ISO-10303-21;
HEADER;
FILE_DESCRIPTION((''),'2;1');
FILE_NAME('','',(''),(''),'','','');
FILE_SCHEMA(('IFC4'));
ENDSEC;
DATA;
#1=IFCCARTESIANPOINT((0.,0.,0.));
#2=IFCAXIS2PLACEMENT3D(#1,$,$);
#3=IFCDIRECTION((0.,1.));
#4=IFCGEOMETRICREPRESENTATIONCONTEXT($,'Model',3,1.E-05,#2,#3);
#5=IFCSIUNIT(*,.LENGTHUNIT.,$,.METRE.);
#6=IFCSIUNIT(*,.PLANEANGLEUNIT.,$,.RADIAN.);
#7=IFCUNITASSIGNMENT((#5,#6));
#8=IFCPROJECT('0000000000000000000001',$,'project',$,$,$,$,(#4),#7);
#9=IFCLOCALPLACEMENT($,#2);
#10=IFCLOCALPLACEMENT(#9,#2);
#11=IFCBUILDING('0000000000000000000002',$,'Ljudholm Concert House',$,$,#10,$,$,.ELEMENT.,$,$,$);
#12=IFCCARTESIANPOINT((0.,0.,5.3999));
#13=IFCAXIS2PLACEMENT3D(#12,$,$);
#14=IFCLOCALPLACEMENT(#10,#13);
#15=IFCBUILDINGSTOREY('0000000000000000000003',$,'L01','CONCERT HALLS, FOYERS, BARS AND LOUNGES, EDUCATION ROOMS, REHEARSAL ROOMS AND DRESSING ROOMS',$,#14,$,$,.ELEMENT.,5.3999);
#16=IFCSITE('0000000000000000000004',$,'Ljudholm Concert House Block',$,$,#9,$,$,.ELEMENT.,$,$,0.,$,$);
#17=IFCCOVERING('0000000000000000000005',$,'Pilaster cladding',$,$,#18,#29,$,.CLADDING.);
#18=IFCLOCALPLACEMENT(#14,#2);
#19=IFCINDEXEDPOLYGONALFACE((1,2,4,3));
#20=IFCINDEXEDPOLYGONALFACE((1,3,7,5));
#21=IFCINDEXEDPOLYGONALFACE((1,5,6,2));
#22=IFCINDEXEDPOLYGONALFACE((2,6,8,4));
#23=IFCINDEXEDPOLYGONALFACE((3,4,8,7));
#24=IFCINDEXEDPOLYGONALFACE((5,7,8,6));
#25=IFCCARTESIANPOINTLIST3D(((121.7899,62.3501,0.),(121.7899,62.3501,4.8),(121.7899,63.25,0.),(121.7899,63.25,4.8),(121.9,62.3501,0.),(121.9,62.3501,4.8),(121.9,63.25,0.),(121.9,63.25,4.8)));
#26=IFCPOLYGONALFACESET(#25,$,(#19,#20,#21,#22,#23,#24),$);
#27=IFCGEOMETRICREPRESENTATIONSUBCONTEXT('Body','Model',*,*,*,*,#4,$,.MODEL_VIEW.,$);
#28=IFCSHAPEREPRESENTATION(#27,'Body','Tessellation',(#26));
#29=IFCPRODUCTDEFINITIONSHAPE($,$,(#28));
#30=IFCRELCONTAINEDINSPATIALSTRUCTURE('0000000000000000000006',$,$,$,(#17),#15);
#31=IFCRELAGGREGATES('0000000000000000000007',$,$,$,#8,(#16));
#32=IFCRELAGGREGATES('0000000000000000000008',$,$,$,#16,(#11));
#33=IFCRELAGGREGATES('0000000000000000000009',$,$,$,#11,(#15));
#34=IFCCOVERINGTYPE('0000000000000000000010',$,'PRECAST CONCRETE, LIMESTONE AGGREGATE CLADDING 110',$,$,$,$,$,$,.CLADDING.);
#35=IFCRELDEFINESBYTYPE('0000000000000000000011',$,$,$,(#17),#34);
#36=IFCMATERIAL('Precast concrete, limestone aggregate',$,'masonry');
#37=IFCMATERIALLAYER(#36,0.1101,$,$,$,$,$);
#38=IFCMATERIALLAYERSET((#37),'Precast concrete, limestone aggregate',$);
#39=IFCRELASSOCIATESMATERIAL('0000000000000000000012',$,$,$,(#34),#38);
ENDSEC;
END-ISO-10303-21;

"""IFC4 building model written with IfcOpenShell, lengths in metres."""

from ifc_helpers import new_model, si_unit, direction, frame, origin, origin_2d, place, context, subcontext, project, spatial, rectangle, extrude, material, layer, layer_set, type_object, element, save


model = new_model("IFC4")

# Units and contexts
model_context = context("Model", 3, precision=1e-05, world=origin(), true_north=direction((0.0, 1.0)))
body_context = subcontext(model_context, "Body", "Model", "MODEL_VIEW")
ifc_project = project(units=[si_unit("LENGTHUNIT", "METRE"), si_unit("PLANEANGLEUNIT", "RADIAN")], contexts=[model_context])

# Site, building, storey
site_placement = place(None, origin())
site = spatial("IfcSite", under=ifc_project, at=site_placement, Name="Ljudholm Concert House Block", CompositionType="ELEMENT", RefElevation=0.0)
building_placement = place(site_placement, origin())
building = spatial("IfcBuilding", under=site, at=building_placement, Name="Ljudholm Concert House", CompositionType="ELEMENT")
storey_placement = place(building_placement, frame((0.0, 0.0, 5.3999)))
storey = spatial("IfcBuildingStorey", under=building, at=storey_placement, Name="L01", Description="CONCERT HALLS, FOYERS, BARS AND LOUNGES, EDUCATION ROOMS, REHEARSAL ROOMS AND DRESSING ROOMS", CompositionType="ELEMENT", Elevation=5.3999)

# Covering
ifc_material_1 = material(Name="Precast concrete, limestone aggregate", Category="masonry")
ifc_layer_1 = layer(ifc_material_1, 0.1101)
ifc_layer_set_1 = layer_set([ifc_layer_1], Name="Precast concrete, limestone aggregate")
covering_type = type_object("IfcCoveringType", Name="PRECAST CONCRETE, LIMESTONE AGGREGATE CLADDING 110", PredefinedType="CLADDING", material=ifc_layer_set_1)
for number, where, z_axis, x_axis, name in (
    (1, (121.845, 62.8, 0.0), (0.0, 0.0, 1.0), (1.0, 0.0, 0.0), "Pilaster cladding"),
):
    element("IfcCovering", number, at=place(storey_placement, frame(where, z_axis=z_axis, x_axis=x_axis)), inside=storey, type_object=covering_type, Name=name, PredefinedType="CLADDING", context=body_context, shape_type="SweptSolid", body=[
        extrude(rectangle(XDim=0.1101, YDim=0.8999, at=origin_2d()), origin(), (0.0, 0.0, 1.0), 4.8),
    ])

save(model, "model.ifc")
